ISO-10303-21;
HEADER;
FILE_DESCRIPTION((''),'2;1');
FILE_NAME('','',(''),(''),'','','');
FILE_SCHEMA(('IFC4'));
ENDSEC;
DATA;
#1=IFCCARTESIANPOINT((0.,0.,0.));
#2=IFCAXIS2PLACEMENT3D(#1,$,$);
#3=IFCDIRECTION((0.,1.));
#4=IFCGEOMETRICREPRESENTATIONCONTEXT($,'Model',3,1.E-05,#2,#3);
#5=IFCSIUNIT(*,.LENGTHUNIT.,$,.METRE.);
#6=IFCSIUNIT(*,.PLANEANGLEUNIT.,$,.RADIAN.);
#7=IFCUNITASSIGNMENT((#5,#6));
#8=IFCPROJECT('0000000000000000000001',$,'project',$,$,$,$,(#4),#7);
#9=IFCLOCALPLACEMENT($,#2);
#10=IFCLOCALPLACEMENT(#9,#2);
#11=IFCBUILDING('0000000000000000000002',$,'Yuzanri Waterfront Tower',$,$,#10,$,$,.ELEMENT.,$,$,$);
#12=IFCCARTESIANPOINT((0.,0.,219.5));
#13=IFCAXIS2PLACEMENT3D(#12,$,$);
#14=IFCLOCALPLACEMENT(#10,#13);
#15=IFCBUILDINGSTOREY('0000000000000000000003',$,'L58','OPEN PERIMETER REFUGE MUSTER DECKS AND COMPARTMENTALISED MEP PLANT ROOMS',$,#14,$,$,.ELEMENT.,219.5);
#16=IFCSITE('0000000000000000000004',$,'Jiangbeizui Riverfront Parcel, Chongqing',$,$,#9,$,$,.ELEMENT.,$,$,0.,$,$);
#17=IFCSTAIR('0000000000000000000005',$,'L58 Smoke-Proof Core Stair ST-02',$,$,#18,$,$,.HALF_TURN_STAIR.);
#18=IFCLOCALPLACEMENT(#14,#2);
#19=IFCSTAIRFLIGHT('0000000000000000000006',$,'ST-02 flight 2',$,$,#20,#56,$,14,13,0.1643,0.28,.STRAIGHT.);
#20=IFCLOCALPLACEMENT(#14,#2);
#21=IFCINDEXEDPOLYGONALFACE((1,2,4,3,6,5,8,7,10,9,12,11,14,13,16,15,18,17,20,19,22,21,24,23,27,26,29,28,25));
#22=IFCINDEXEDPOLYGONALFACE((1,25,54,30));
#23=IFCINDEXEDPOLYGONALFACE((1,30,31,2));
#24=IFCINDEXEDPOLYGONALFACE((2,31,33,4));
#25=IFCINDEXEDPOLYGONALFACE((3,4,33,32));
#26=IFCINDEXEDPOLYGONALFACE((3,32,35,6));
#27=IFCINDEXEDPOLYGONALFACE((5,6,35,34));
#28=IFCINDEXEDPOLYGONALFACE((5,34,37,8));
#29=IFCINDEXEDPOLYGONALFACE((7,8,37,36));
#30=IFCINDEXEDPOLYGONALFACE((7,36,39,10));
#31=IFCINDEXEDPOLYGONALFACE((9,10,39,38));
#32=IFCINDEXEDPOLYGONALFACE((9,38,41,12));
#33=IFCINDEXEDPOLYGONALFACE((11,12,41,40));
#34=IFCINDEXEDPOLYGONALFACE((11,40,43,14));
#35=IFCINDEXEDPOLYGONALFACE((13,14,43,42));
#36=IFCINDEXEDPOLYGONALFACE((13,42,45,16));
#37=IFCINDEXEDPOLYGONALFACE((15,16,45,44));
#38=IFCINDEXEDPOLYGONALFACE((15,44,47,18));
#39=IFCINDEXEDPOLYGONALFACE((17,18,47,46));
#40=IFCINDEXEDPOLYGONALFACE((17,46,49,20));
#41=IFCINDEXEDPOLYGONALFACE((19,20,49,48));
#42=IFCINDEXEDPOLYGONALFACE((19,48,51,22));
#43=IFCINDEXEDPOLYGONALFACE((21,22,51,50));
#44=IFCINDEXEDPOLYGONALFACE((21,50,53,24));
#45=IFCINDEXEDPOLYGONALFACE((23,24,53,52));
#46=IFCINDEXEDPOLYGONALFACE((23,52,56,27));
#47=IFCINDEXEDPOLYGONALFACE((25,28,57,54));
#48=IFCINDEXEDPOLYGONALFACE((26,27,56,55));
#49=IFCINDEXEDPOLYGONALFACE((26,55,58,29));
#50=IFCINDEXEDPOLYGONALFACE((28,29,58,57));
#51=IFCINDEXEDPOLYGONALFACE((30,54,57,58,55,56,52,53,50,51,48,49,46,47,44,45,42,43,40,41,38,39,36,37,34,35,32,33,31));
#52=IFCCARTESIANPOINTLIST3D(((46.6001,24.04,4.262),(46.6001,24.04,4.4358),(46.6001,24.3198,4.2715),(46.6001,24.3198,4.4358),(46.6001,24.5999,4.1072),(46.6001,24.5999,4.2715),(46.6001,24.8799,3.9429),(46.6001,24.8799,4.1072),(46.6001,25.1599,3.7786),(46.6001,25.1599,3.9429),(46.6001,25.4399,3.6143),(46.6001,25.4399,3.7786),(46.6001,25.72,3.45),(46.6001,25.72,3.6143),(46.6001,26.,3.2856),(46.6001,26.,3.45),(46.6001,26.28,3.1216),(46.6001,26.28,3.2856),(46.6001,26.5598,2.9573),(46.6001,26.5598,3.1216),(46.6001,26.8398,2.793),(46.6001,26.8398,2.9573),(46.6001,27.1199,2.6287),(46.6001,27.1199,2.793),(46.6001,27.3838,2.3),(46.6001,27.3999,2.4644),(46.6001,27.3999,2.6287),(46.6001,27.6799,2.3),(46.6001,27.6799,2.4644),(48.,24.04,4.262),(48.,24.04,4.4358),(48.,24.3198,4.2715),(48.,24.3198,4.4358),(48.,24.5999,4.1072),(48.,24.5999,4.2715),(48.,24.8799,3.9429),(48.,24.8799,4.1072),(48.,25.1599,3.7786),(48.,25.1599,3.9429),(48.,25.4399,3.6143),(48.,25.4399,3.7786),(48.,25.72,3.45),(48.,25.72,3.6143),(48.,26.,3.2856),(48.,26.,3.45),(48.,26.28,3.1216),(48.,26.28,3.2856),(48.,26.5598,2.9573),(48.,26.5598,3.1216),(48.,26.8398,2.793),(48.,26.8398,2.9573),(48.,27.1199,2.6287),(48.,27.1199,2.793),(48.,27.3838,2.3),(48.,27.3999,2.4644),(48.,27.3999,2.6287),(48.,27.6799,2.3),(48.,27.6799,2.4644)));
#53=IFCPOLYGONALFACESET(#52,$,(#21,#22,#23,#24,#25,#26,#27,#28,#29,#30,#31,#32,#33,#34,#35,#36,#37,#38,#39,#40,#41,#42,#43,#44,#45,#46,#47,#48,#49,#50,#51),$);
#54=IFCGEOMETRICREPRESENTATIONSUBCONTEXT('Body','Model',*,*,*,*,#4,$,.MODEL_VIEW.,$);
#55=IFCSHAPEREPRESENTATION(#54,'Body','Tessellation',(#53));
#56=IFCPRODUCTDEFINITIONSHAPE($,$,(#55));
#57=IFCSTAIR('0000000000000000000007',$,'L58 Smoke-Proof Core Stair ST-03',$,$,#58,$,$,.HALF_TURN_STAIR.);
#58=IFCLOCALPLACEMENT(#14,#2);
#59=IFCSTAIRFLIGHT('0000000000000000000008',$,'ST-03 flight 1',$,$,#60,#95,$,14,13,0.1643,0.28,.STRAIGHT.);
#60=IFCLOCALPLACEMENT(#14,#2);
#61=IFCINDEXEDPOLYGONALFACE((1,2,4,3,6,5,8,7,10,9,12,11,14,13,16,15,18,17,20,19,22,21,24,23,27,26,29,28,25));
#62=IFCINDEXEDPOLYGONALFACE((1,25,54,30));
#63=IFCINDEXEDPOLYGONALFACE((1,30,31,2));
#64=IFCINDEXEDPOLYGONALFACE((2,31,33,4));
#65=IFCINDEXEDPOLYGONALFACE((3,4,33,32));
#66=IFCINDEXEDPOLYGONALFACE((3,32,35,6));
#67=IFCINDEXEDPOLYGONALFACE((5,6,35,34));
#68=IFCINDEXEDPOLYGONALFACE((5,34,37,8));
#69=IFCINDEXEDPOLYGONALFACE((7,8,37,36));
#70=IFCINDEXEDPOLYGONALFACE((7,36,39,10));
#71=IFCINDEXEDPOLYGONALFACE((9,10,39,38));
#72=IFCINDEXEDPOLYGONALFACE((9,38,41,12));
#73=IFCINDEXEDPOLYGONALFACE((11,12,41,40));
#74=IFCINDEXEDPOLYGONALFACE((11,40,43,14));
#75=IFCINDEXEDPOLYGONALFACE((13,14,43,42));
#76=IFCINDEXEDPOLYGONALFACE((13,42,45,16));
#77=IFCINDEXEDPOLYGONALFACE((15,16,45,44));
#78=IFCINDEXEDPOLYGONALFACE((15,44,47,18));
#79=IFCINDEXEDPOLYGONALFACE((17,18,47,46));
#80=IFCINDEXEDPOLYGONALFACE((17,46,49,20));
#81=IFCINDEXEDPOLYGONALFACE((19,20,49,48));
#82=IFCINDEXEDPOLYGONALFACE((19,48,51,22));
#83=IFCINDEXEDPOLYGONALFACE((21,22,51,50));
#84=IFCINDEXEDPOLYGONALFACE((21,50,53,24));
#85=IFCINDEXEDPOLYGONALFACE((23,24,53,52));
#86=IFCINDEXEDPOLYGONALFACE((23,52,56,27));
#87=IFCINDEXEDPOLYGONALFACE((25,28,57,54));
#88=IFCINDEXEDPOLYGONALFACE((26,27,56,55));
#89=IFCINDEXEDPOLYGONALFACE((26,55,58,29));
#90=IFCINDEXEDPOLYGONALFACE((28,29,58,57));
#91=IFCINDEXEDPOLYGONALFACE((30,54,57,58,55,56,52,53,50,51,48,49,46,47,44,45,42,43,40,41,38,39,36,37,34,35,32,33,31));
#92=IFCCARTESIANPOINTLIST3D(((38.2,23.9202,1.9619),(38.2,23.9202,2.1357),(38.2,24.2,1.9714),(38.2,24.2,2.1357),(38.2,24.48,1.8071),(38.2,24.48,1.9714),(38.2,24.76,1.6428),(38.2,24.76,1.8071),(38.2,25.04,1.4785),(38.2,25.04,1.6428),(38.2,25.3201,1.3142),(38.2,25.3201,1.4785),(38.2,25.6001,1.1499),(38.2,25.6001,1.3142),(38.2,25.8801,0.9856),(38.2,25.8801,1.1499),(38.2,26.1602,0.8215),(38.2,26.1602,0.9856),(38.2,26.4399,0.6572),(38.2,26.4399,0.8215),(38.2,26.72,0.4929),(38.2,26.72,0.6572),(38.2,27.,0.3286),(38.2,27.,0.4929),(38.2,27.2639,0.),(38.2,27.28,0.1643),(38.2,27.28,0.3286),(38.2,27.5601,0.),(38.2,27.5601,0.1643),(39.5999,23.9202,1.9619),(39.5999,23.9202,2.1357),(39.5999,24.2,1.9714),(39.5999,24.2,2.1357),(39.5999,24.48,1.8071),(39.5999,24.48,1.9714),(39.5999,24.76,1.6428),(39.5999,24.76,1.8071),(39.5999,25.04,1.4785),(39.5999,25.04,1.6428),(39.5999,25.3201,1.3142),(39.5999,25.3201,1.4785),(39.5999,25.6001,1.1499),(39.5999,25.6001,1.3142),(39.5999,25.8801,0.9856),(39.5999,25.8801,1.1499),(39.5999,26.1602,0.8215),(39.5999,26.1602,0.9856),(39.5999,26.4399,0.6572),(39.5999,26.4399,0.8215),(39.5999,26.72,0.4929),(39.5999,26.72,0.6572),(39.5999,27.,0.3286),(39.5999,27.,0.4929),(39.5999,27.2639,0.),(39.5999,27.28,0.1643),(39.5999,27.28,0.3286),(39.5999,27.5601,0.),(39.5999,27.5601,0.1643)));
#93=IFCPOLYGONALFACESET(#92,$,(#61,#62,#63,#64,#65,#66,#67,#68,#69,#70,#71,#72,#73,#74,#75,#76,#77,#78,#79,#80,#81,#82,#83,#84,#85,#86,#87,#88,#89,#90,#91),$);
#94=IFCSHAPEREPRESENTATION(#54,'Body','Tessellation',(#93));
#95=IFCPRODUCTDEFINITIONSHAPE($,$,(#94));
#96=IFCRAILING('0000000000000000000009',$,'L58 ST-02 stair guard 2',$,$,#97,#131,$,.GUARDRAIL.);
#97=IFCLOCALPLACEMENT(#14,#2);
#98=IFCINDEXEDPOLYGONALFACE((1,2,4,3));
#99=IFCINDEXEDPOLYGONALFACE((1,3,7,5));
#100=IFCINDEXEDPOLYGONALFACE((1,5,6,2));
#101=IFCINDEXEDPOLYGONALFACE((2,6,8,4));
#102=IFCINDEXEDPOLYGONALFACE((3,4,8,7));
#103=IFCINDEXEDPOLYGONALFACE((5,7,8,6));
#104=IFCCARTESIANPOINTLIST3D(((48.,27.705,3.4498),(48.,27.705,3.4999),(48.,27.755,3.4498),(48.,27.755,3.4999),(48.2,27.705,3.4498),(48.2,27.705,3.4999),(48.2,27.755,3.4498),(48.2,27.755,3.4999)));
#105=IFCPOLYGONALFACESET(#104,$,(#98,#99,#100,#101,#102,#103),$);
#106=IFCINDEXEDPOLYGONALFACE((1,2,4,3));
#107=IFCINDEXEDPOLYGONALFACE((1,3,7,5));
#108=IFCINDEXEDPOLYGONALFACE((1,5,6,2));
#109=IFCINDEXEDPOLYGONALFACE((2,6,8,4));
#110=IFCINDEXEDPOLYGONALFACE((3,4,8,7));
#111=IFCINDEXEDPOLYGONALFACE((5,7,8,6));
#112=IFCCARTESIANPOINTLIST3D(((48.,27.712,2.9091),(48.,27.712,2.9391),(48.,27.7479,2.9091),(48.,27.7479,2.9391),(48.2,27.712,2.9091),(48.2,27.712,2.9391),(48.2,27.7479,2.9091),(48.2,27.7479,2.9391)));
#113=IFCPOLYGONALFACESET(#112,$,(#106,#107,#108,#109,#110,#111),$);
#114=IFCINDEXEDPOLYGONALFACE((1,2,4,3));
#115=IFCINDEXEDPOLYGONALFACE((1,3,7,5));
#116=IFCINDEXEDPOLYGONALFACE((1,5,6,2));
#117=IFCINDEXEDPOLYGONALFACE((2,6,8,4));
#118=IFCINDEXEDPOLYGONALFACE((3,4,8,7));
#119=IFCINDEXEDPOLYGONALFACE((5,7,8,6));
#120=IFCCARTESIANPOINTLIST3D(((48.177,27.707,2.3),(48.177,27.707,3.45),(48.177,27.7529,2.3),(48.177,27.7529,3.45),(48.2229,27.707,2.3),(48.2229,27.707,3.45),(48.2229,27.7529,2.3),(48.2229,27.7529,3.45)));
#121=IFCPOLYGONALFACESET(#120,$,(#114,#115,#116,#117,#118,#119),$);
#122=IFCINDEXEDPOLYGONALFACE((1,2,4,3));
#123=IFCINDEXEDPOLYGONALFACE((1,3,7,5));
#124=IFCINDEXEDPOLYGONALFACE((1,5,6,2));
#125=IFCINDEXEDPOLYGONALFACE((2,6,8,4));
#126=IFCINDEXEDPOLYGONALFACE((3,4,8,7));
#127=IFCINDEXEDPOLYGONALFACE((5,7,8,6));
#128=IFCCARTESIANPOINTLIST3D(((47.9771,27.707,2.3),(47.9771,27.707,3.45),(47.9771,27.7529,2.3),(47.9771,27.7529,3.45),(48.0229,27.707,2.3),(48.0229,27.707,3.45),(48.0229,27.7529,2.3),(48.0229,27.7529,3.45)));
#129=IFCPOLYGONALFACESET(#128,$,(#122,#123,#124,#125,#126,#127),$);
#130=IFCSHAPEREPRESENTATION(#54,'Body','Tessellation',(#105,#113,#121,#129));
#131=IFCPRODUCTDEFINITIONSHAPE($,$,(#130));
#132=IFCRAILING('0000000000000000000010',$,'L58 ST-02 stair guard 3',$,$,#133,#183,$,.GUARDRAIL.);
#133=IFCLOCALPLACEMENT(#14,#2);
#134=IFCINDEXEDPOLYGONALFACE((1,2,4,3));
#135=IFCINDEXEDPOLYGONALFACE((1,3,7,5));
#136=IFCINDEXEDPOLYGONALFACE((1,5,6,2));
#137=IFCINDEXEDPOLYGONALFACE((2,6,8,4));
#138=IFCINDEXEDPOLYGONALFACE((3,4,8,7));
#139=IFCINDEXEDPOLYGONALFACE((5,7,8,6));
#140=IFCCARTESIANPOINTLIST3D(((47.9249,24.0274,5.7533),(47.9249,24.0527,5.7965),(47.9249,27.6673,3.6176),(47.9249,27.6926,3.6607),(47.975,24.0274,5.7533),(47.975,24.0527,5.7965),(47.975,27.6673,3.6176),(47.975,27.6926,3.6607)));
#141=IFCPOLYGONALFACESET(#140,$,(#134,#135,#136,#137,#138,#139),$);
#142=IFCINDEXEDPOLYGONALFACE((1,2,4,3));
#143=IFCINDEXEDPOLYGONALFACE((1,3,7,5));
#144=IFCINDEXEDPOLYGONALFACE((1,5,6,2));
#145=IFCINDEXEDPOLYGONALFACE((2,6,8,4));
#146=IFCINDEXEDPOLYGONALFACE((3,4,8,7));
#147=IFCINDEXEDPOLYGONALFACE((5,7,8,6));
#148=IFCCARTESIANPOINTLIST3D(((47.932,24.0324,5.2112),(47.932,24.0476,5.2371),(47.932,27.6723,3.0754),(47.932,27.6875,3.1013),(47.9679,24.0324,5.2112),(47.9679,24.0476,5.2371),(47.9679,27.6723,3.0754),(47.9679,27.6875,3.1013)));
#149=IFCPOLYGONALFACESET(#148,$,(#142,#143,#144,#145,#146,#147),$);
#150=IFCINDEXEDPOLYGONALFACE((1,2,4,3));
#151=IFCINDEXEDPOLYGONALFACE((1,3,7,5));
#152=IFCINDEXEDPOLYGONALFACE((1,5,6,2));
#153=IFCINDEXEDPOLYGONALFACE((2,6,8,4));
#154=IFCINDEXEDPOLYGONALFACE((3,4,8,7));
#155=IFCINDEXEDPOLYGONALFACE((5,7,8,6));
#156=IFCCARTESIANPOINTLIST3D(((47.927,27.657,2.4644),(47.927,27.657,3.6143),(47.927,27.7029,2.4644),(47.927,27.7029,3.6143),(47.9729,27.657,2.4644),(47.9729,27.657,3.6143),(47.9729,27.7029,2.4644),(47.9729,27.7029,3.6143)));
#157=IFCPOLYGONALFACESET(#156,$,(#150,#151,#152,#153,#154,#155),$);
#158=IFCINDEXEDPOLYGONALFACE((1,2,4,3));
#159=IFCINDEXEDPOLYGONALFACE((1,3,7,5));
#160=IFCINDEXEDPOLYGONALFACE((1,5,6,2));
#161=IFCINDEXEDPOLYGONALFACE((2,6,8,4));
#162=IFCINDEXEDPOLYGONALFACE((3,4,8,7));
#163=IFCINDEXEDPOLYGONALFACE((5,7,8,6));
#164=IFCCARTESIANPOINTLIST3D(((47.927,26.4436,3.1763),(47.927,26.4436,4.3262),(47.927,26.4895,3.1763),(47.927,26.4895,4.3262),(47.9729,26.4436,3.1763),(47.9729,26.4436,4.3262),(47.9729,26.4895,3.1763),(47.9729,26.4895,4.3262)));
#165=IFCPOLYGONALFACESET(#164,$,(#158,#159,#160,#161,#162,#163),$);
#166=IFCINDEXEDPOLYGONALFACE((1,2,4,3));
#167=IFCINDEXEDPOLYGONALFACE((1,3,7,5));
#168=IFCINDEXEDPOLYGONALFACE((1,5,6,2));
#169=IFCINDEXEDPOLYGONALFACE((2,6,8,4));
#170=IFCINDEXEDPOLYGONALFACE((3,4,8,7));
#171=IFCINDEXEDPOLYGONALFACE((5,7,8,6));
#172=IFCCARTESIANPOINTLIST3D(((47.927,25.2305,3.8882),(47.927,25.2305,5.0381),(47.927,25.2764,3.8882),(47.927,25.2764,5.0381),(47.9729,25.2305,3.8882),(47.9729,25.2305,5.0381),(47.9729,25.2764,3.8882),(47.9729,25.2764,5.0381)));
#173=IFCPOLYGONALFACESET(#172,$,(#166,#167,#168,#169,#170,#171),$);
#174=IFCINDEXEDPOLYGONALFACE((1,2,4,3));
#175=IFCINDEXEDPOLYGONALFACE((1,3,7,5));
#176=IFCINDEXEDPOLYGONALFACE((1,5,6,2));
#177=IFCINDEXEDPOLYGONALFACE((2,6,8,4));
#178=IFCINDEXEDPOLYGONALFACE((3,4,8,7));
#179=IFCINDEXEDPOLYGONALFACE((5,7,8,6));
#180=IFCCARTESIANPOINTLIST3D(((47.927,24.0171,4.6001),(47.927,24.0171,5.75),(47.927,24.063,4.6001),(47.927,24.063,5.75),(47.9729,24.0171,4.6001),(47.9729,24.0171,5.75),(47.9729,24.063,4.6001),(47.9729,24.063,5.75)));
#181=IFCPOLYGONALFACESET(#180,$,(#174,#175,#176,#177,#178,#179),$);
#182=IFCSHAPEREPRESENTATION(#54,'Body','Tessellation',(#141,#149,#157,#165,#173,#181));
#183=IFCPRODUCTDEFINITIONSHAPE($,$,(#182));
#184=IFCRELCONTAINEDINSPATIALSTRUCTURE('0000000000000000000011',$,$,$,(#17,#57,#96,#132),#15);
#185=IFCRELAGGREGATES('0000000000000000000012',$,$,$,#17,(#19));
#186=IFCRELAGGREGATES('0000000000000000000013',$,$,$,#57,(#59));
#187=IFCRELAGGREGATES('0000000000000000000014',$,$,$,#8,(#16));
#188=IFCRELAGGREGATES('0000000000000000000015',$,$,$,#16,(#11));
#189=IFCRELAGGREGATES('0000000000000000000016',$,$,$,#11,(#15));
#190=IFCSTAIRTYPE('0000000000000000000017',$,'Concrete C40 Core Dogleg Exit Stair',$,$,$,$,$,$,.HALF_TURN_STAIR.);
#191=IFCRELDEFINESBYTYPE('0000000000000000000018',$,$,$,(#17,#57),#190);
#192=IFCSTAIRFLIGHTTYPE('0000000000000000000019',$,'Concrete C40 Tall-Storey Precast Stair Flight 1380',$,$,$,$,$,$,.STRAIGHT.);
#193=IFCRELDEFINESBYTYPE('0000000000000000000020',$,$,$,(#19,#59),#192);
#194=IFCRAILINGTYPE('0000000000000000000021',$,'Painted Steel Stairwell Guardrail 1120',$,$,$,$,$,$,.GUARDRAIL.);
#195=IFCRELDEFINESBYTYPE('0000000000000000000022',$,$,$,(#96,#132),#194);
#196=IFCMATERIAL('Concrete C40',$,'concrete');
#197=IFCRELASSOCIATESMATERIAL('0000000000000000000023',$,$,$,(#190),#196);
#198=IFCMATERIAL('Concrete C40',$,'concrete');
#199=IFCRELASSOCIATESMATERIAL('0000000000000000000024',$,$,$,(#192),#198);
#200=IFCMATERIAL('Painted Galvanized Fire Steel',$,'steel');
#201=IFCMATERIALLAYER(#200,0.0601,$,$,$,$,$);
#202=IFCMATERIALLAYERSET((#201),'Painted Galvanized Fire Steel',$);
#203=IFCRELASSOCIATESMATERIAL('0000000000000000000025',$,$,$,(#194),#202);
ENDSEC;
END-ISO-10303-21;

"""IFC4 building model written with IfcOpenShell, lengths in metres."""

from ifc_helpers import new_model, si_unit, direction, frame, origin, origin_2d, place, context, subcontext, project, spatial, polyline, rectangle, outline, extrude, source, transform, mapped, material, layer, layer_set, type_object, element, aggregate, save


model = new_model("IFC4")

# Units and contexts
model_context = context("Model", 3, precision=1e-05, world=origin(), true_north=direction((0.0, 1.0)))
body_context = subcontext(model_context, "Body", "Model", "MODEL_VIEW")
ifc_project = project(units=[si_unit("LENGTHUNIT", "METRE"), si_unit("PLANEANGLEUNIT", "RADIAN")], contexts=[model_context])

# Site, building, storey
site_placement = place(None, origin())
site = spatial("IfcSite", under=ifc_project, at=site_placement, Name="Jiangbeizui Riverfront Parcel, Chongqing", CompositionType="ELEMENT", RefElevation=0.0)
building_placement = place(site_placement, origin())
building = spatial("IfcBuilding", under=site, at=building_placement, Name="Yuzanri Waterfront Tower", CompositionType="ELEMENT")
storey_placement = place(building_placement, frame((0.0, 0.0, 219.5)))
storey = spatial("IfcBuildingStorey", under=building, at=storey_placement, Name="L58", Description="OPEN PERIMETER REFUGE MUSTER DECKS AND COMPARTMENTALISED MEP PLANT ROOMS", CompositionType="ELEMENT", Elevation=219.5)

# Stairs, stair flights
ifc_material_1 = material(Name="Concrete C40", Category="concrete")
stair_type = type_object("IfcStairType", Name="Concrete C40 Core Dogleg Exit Stair", PredefinedType="HALF_TURN_STAIR", material=ifc_material_1)
stair_1_placement = place(storey_placement, origin())
stair_1 = element("IfcStair", 1, at=stair_1_placement, inside=storey, type_object=stair_type, Name="L58 Smoke-Proof Core Stair ST-02", PredefinedType="HALF_TURN_STAIR")
ifc_material_2 = material(Name="Concrete C40", Category="concrete")
stair_flight_type = type_object("IfcStairFlightType", Name="Concrete C40 Tall-Storey Precast Stair Flight 1380", PredefinedType="STRAIGHT", material=ifc_material_2)
shared_shape_1 = source(origin(), body_context, "Body", "SweptSolid", [
    extrude(outline(polyline([(0.0, 0.0), (0.0, 0.1643), (0.28, 0.1643), (0.28, 0.3286), (0.5601, 0.3286), (0.5601, 0.4929), (0.8401, 0.4929), (0.8401, 0.6572), (1.1201, 0.6572), (1.1201, 0.8215), (1.3999, 0.8215), (1.3999, 0.9856), (1.6799, 0.9856), (1.6799, 1.1499), (1.96, 1.1499), (1.96, 1.3142), (2.24, 1.3142), (2.24, 1.4785), (2.52, 1.4785), (2.52, 1.6428), (2.8, 1.6428), (2.8, 1.8071), (3.0801, 1.8071), (3.0801, 1.9714), (3.3601, 1.9714), (3.3601, 2.1357), (3.6399, 2.1357), (3.6399, 2.3), (3.6399, 1.9619), (0.2961, 0.0), (0.0, 0.0)])), frame((0.0, 0.7, 0.0), z_axis=(0.0, -1.0, 0.0), x_axis=(1.0, 0.0, 0.0)), (0.0, 0.0, 1.0), 1.3999),
])
stair_flight_1_placement = place(storey_placement, frame((47.3, 27.6799, 2.3), z_axis=(0.0, 0.0, 1.0), x_axis=(0.0, -1.0, 0.0)))
stair_flight_1 = element("IfcStairFlight", 2, at=stair_flight_1_placement, type_object=stair_flight_type, Name="ST-02 flight 2", NumberOfRisers=14, NumberOfTreads=13, PredefinedType="STRAIGHT", RiserHeight=0.1643, TreadLength=0.28, context=body_context, shape_type="MappedRepresentation", body=[
    mapped(shared_shape_1, transform((0.0, 0.0, 0.0), scale=1.0)),
])
aggregate(stair_1, [stair_flight_1])
stair_2_placement = place(storey_placement, origin())
stair_2 = element("IfcStair", 3, at=stair_2_placement, inside=storey, type_object=stair_type, Name="L58 Smoke-Proof Core Stair ST-03", PredefinedType="HALF_TURN_STAIR")
stair_flight_2_placement = place(storey_placement, frame((38.8999, 27.5601, 0.0), z_axis=(0.0, 0.0, 1.0), x_axis=(0.0, -1.0, 0.0)))
stair_flight_2 = element("IfcStairFlight", 4, at=stair_flight_2_placement, type_object=stair_flight_type, Name="ST-03 flight 1", NumberOfRisers=14, NumberOfTreads=13, PredefinedType="STRAIGHT", RiserHeight=0.1643, TreadLength=0.28, context=body_context, shape_type="MappedRepresentation", body=[
    mapped(shared_shape_1, transform((0.0, 0.0, 0.0), scale=1.0)),
])
aggregate(stair_2, [stair_flight_2])

# Railings
ifc_material_3 = material(Name="Painted Galvanized Fire Steel", Category="steel")
ifc_layer_1 = layer(ifc_material_3, 0.0601)
ifc_layer_set_1 = layer_set([ifc_layer_1], Name="Painted Galvanized Fire Steel")
railing_type_1 = type_object("IfcRailingType", Name="Painted Steel Stairwell Guardrail 1120", PredefinedType="GUARDRAIL", material=ifc_layer_set_1)
shared_shape_2 = source(origin(), body_context, "Body", "SweptSolid", [
    extrude(rectangle(XDim=0.05, YDim=0.05, at=origin_2d()), frame((0.0, 0.0, 1.1748), z_axis=(-1.0, 0.0, 0.0), x_axis=(0.0, -1.0, 0.0)), (0.0, 0.0, 1.0), 0.2),
    extrude(rectangle(XDim=0.0359, YDim=0.03, at=origin_2d()), frame((0.0, 0.0, 0.624), z_axis=(-1.0, 0.0, 0.0), x_axis=(0.0, -1.0, 0.0)), (0.0, 0.0, 1.0), 0.2),
    extrude(rectangle(XDim=0.0459, YDim=0.0459, at=origin_2d()), origin(), (0.0, 0.0, 1.0), 1.1499),
    extrude(rectangle(XDim=0.0459, YDim=0.0459, at=origin_2d()), frame((-0.2, 0.0, 0.0)), (0.0, 0.0, 1.0), 1.1499),
])
railing_1_placement = place(storey_placement, frame((48.2, 27.73, 2.3)))
element("IfcRailing", 5, at=railing_1_placement, inside=storey, type_object=railing_type_1, Name="L58 ST-02 stair guard 2", PredefinedType="GUARDRAIL", context=body_context, shape_type="MappedRepresentation", body=[
    mapped(shared_shape_2, transform((0.0, 0.0, 0.0), scale=1.0)),
])
shared_shape_3 = source(origin(), body_context, "Body", "SweptSolid", [
    extrude(rectangle(XDim=0.05, YDim=0.05, at=origin_2d()), frame((0.0, 0.0, 1.1748), z_axis=(0.0, -0.86249, 0.506074), x_axis=(1.0, 0.0, 0.0)), (0.0, 0.0, 1.0), 4.2202),
    extrude(rectangle(XDim=0.0359, YDim=0.03, at=origin_2d()), frame((0.0, 0.0, 0.624), z_axis=(0.0, -0.86249, 0.506074), x_axis=(1.0, 0.0, 0.0)), (0.0, 0.0, 1.0), 4.2202),
    extrude(rectangle(XDim=0.0459, YDim=0.0459, at=origin_2d()), origin(), (0.0, 0.0, 1.0), 1.1499),
    extrude(rectangle(XDim=0.0459, YDim=0.0459, at=origin_2d()), frame((0.0, -1.2134, 0.7119)), (0.0, 0.0, 1.0), 1.1499),
    extrude(rectangle(XDim=0.0459, YDim=0.0459, at=origin_2d()), frame((0.0, -2.4265, 1.4238)), (0.0, 0.0, 1.0), 1.1499),
    extrude(rectangle(XDim=0.0459, YDim=0.0459, at=origin_2d()), frame((0.0, -3.6399, 2.1357)), (0.0, 0.0, 1.0), 1.1499),
])
railing_2_placement = place(storey_placement, frame((47.95, 27.6799, 2.4644)))
element("IfcRailing", 6, at=railing_2_placement, inside=storey, type_object=railing_type_1, Name="L58 ST-02 stair guard 3", PredefinedType="GUARDRAIL", context=body_context, shape_type="MappedRepresentation", body=[
    mapped(shared_shape_3, transform((0.0, 0.0, 0.0), scale=1.0)),
])

save(model, "model.ifc")
